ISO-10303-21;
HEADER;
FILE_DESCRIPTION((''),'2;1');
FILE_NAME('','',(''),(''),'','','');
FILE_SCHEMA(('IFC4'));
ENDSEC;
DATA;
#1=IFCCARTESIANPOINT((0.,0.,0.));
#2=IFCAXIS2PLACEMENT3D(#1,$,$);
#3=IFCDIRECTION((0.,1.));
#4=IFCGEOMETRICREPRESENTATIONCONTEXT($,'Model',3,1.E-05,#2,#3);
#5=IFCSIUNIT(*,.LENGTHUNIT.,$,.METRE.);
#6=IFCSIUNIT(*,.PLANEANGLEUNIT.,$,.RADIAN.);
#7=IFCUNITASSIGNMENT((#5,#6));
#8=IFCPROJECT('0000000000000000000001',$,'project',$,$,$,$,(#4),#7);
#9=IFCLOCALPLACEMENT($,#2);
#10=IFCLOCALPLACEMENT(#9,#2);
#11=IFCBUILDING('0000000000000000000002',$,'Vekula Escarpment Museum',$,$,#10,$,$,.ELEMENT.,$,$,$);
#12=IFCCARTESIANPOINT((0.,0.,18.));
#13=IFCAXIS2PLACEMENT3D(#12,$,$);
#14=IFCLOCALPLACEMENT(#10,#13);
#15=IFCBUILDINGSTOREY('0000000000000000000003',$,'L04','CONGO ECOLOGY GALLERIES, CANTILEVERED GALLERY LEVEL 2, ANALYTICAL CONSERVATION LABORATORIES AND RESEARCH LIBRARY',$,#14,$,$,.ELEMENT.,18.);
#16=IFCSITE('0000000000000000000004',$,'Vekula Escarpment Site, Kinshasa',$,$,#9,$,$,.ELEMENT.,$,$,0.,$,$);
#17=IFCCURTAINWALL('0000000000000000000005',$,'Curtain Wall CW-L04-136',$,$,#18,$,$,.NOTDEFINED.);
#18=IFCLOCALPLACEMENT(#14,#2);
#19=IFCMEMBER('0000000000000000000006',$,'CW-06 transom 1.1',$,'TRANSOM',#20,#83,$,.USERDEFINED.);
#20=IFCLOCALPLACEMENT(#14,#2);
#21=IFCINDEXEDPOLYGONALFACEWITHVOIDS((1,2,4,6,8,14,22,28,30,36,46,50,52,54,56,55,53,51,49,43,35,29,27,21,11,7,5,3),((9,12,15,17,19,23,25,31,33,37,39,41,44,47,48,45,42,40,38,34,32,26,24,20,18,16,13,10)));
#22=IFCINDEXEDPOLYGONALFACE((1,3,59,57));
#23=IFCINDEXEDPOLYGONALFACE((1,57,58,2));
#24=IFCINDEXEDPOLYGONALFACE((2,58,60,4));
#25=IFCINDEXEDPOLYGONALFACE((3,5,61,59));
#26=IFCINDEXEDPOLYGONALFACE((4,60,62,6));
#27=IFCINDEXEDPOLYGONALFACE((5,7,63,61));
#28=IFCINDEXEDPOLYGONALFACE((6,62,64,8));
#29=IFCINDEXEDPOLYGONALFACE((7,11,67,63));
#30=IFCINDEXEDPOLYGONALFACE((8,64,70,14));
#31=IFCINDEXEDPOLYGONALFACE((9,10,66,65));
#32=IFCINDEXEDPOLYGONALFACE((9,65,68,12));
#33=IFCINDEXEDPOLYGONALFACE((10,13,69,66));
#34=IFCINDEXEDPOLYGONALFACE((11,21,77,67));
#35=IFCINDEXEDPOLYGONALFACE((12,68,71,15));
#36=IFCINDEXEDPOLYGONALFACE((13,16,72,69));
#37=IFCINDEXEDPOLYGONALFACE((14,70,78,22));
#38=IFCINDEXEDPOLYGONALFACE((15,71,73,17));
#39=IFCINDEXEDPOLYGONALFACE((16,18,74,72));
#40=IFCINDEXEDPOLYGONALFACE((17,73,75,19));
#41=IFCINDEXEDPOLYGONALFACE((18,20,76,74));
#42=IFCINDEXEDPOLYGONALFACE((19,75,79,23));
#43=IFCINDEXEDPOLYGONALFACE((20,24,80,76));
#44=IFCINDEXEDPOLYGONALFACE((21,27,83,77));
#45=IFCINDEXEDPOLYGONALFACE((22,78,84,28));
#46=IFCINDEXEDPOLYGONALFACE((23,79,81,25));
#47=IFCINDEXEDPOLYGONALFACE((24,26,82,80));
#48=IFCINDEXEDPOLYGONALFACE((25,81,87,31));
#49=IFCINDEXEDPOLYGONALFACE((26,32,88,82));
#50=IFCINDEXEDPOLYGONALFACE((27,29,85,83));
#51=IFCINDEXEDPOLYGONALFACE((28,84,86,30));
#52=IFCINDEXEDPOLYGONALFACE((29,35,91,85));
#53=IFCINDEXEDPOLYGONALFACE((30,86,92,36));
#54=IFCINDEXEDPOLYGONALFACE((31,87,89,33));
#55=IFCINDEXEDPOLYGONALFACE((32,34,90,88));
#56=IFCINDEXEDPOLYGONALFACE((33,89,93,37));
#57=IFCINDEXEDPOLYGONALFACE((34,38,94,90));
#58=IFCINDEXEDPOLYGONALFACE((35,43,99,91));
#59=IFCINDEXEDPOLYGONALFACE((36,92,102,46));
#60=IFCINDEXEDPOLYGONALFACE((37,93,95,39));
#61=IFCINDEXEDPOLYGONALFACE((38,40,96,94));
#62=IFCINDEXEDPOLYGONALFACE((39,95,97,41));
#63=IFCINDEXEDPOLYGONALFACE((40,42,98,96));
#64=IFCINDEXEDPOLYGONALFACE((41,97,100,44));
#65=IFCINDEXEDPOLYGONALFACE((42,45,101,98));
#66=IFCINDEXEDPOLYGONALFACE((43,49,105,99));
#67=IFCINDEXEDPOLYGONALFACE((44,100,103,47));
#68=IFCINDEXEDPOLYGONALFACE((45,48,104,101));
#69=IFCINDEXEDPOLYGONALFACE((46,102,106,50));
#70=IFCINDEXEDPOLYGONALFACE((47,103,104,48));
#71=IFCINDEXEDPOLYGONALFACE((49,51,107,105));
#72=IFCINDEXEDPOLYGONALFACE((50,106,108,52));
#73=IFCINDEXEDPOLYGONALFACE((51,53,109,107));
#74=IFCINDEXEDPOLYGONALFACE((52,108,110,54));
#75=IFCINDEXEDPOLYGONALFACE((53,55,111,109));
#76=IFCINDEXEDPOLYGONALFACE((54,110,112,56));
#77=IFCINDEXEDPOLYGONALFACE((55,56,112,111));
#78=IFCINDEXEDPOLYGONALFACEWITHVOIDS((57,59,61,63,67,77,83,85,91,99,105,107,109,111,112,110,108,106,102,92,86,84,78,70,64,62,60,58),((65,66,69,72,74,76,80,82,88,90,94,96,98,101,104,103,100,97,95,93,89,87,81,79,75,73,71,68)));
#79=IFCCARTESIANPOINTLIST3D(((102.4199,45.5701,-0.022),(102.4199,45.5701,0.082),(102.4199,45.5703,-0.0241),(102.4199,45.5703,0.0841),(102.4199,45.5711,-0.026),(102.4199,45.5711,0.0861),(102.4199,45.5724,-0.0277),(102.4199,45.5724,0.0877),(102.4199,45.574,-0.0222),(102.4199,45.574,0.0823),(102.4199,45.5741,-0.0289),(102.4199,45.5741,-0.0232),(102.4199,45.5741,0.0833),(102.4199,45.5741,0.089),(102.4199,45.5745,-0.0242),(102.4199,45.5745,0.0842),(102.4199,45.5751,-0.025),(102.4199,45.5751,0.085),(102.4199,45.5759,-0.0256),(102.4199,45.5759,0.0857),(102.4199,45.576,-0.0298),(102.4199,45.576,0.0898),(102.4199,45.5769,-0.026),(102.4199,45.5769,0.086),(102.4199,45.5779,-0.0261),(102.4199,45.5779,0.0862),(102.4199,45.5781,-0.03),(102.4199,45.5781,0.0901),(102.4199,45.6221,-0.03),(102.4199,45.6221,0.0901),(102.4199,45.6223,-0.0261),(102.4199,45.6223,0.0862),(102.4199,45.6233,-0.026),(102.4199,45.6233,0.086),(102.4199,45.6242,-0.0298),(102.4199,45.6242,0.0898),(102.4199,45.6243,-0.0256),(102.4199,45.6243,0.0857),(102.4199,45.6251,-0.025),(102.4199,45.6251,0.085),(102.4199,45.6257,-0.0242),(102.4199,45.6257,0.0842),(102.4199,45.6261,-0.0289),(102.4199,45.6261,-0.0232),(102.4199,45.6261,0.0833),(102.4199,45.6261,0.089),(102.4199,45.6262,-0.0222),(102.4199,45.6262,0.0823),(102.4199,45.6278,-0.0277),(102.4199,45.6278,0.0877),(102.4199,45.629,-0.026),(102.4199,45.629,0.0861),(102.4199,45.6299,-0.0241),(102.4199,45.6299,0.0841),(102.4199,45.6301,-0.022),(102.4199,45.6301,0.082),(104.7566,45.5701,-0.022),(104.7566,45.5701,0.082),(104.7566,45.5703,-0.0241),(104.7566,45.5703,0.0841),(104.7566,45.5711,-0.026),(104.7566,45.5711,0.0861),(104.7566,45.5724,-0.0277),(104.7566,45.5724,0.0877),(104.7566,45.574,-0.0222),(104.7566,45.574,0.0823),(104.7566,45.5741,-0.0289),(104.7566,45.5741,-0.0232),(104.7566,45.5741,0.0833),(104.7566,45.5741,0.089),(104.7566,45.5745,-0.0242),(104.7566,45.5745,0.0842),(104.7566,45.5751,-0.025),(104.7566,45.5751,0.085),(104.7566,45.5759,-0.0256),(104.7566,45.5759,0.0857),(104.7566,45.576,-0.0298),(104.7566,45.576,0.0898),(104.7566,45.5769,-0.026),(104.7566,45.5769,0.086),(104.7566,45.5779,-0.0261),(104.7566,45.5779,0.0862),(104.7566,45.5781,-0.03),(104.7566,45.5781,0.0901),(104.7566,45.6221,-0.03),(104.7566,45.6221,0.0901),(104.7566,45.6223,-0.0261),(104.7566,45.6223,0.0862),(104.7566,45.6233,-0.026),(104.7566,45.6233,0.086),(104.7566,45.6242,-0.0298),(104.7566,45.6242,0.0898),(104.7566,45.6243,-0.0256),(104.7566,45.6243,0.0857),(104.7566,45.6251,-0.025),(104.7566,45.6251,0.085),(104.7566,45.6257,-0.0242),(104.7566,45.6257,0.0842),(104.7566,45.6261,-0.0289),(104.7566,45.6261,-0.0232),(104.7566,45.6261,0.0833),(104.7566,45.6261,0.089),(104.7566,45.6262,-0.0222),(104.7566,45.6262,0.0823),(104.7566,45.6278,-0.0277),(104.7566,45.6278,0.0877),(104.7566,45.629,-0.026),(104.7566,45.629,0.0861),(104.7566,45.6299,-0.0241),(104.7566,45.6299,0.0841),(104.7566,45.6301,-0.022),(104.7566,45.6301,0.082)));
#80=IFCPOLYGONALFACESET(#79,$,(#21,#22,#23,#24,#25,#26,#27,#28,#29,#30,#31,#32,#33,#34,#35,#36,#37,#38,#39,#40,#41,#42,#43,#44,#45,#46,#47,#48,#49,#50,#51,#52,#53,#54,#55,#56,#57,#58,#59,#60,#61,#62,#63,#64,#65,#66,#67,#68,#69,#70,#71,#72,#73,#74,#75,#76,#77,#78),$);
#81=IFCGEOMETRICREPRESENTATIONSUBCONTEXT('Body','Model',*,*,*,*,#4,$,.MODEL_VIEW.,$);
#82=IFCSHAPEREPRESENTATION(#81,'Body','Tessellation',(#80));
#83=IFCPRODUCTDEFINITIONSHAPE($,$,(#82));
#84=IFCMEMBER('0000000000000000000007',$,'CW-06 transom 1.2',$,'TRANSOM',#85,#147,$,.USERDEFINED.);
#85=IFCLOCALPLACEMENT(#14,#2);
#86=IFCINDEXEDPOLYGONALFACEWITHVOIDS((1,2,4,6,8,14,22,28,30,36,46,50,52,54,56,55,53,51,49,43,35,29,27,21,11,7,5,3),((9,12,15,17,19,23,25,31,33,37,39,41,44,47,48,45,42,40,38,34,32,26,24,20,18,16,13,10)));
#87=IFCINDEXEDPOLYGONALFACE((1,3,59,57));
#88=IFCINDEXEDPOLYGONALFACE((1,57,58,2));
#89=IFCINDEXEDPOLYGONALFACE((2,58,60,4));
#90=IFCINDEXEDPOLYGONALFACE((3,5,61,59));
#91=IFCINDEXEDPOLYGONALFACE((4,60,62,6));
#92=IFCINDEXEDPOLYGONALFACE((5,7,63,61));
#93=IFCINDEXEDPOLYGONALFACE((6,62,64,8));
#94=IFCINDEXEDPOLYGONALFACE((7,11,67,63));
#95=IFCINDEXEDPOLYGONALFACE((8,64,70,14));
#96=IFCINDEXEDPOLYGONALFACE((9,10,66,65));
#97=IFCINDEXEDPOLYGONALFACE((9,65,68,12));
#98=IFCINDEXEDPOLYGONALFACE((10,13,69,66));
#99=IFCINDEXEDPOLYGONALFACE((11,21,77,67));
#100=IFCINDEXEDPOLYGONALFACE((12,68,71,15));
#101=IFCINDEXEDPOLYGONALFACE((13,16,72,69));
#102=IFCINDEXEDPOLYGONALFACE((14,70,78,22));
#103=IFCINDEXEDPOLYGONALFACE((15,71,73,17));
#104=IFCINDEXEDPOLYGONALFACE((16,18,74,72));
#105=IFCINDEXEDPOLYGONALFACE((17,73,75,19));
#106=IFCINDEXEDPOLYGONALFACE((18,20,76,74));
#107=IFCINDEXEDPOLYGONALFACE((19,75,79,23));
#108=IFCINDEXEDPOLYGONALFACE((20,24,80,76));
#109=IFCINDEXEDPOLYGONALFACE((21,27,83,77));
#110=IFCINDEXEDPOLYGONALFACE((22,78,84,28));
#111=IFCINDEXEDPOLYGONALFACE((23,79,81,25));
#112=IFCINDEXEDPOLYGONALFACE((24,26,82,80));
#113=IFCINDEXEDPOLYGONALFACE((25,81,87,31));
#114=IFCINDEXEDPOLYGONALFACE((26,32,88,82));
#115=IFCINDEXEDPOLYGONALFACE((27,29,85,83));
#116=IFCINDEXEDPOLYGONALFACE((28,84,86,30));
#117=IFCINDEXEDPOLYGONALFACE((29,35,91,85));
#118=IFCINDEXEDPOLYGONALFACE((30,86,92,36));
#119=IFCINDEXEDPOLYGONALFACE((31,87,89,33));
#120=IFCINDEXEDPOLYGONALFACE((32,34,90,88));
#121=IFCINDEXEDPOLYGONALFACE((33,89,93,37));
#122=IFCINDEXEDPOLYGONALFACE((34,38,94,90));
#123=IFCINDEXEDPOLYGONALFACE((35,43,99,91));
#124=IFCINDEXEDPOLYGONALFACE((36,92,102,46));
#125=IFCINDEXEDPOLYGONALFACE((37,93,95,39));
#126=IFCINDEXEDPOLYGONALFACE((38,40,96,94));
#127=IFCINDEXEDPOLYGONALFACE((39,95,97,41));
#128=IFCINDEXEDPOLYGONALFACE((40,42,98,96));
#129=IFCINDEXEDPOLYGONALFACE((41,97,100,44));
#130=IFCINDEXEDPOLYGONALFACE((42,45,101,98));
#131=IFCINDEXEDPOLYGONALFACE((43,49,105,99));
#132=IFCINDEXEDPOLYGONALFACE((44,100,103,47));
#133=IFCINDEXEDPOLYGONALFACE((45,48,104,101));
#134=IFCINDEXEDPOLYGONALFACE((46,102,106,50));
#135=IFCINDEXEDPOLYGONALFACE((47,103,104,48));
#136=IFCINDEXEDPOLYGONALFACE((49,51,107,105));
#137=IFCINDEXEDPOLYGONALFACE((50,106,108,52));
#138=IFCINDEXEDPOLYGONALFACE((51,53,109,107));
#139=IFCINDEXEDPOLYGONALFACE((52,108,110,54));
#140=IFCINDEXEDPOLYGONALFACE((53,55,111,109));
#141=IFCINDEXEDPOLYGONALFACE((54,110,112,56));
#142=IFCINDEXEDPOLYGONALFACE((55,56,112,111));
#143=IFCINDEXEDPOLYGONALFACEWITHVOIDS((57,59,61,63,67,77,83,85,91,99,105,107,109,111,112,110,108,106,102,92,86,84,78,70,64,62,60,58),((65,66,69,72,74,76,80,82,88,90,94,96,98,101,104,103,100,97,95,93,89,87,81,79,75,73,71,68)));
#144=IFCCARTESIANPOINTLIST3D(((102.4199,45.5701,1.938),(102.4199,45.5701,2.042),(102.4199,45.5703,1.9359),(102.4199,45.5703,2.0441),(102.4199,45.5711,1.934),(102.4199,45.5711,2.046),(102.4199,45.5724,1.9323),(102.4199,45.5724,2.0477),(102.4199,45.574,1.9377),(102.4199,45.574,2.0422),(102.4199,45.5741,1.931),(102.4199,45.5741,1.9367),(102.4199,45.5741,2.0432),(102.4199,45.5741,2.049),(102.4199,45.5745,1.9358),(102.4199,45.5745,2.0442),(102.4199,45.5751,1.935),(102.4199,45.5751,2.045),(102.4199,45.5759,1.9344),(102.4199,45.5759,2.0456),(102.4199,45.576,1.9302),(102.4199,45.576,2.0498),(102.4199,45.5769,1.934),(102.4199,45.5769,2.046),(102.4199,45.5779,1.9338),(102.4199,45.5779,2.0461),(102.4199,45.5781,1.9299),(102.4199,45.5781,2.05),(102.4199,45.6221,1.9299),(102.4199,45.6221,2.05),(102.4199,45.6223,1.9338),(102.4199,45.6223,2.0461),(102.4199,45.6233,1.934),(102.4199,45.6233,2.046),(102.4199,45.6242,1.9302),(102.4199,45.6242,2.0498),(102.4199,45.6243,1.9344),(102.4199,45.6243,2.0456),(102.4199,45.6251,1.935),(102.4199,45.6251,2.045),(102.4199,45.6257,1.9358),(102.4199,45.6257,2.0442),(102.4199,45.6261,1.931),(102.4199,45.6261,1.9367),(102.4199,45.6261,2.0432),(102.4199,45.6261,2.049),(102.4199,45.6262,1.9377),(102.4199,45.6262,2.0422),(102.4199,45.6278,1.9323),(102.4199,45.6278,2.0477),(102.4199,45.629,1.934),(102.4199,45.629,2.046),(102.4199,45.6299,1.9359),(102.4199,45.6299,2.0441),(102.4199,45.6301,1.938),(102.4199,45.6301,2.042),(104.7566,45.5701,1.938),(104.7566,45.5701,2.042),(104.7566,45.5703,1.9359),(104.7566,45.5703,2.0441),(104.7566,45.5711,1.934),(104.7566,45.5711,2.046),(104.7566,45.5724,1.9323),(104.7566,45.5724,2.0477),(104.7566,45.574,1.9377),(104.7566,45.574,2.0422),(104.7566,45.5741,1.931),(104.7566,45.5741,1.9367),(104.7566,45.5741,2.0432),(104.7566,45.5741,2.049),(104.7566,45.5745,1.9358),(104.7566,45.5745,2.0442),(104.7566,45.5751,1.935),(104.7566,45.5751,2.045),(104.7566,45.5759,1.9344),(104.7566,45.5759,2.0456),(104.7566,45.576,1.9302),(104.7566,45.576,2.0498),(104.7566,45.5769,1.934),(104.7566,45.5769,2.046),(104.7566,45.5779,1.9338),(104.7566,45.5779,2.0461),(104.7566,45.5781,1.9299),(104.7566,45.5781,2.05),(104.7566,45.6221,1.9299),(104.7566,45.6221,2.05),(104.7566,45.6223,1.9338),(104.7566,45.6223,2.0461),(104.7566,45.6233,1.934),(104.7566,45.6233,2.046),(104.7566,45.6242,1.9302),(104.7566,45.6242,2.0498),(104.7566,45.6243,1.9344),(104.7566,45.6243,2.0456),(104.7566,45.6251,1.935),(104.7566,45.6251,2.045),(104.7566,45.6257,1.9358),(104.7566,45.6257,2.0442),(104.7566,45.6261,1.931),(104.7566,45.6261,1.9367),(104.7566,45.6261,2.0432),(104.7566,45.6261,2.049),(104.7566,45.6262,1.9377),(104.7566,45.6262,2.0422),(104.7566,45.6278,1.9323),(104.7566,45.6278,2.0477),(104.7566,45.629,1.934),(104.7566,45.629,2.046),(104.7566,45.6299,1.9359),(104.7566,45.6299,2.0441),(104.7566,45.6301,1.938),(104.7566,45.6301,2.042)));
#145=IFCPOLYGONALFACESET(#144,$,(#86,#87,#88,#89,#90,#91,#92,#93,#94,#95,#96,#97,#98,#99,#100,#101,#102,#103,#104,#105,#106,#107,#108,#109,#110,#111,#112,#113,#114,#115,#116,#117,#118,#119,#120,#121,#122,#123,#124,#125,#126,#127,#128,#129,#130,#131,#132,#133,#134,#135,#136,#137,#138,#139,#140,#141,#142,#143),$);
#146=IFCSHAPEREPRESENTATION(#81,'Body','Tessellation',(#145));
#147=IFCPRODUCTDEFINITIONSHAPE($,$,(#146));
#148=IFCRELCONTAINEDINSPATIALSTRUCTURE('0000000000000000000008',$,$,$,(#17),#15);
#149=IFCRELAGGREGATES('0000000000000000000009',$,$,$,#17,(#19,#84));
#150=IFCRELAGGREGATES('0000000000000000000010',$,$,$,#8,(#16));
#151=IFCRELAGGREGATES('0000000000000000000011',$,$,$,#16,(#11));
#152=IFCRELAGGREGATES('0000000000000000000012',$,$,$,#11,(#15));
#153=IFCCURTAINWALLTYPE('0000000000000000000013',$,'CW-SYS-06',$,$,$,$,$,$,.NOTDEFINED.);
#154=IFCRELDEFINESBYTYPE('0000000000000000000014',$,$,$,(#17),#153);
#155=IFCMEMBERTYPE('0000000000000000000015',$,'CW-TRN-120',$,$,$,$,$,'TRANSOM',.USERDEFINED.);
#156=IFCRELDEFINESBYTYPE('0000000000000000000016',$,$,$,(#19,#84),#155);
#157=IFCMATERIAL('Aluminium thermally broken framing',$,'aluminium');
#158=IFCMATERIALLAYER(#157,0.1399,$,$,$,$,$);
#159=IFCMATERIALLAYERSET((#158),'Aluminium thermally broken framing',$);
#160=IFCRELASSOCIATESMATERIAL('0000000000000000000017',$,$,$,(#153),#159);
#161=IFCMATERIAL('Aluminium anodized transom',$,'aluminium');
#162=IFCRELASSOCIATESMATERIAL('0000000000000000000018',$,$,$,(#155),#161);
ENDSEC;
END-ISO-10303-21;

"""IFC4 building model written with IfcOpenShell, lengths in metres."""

from ifc_helpers import new_model, si_unit, direction, frame, origin, origin_2d, place, context, subcontext, project, spatial, hollow_rectangle, extrude, material, layer, layer_set, material_profile, profile_set, type_object, element, aggregate, save


model = new_model("IFC4")

# Units and contexts
model_context = context("Model", 3, precision=1e-05, world=origin(), true_north=direction((0.0, 1.0)))
body_context = subcontext(model_context, "Body", "Model", "MODEL_VIEW")
ifc_project = project(units=[si_unit("LENGTHUNIT", "METRE"), si_unit("PLANEANGLEUNIT", "RADIAN")], contexts=[model_context])

# Site, building, storey
site_placement = place(None, origin())
site = spatial("IfcSite", under=ifc_project, at=site_placement, Name="Vekula Escarpment Site, Kinshasa", CompositionType="ELEMENT", RefElevation=0.0)
building_placement = place(site_placement, origin())
building = spatial("IfcBuilding", under=site, at=building_placement, Name="Vekula Escarpment Museum", CompositionType="ELEMENT")
storey_placement = place(building_placement, frame((0.0, 0.0, 18.0)))
storey = spatial("IfcBuildingStorey", under=building, at=storey_placement, Name="L04", Description="CONGO ECOLOGY GALLERIES, CANTILEVERED GALLERY LEVEL 2, ANALYTICAL CONSERVATION LABORATORIES AND RESEARCH LIBRARY", CompositionType="ELEMENT", Elevation=18.0)

# Curtain wall, members
ifc_material_1 = material(Name="Aluminium thermally broken framing", Category="aluminium")
ifc_layer_1 = layer(ifc_material_1, 0.1399)
ifc_layer_set_1 = layer_set([ifc_layer_1], Name="Aluminium thermally broken framing")
curtain_wall_type_1 = type_object("IfcCurtainWallType", Name="CW-SYS-06", PredefinedType="NOTDEFINED", material=ifc_layer_set_1)
curtain_wall_1_placement = place(storey_placement, origin())
curtain_wall_1 = element("IfcCurtainWall", 1, at=curtain_wall_1_placement, inside=storey, type_object=curtain_wall_type_1, Name="Curtain Wall CW-L04-136", PredefinedType="NOTDEFINED")
ifc_material_2 = material(Name="Aluminium anodized transom", Category="aluminium")
ifc_material_profile_1 = material_profile(ifc_material_2, hollow_rectangle(XDim=0.0601, YDim=0.1201, WallThickness=0.0039, InnerFilletRadius=0.0039, OuterFilletRadius=0.0081, at=origin_2d()), Name="ALU 120x60x4")
ifc_profile_set_1 = profile_set([ifc_material_profile_1], Name="Aluminium anodized transom")
member_type_1 = type_object("IfcMemberType", Name="CW-TRN-120", ElementType="TRANSOM", PredefinedType="USERDEFINED", material=ifc_profile_set_1)
member_1_placement = place(storey_placement, frame((102.4199, 45.6001, 0.03), z_axis=(1.0, 0.0, 0.0), x_axis=(0.0, 1.0, 0.0)))
member_1 = element("IfcMember", 2, at=member_1_placement, type_object=member_type_1, Name="CW-06 transom 1.1", ObjectType="TRANSOM", PredefinedType="USERDEFINED", context=body_context, shape_type="SweptSolid", body=[
    extrude(hollow_rectangle(XDim=0.0601, YDim=0.1201, WallThickness=0.0039, InnerFilletRadius=0.0039, OuterFilletRadius=0.0081, at=origin_2d()), origin(), (0.0, 0.0, 1.0), 2.3367),
])
member_2_placement = place(storey_placement, frame((102.4199, 45.6001, 1.99), z_axis=(1.0, 0.0, 0.0), x_axis=(0.0, 1.0, 0.0)))
member_2 = element("IfcMember", 3, at=member_2_placement, type_object=member_type_1, Name="CW-06 transom 1.2", ObjectType="TRANSOM", PredefinedType="USERDEFINED", context=body_context, shape_type="SweptSolid", body=[
    extrude(hollow_rectangle(XDim=0.0601, YDim=0.1201, WallThickness=0.0039, InnerFilletRadius=0.0039, OuterFilletRadius=0.0081, at=origin_2d()), origin(), (0.0, 0.0, 1.0), 2.3367),
])

aggregate(curtain_wall_1, [member_1, member_2])

save(model, "model.ifc")
